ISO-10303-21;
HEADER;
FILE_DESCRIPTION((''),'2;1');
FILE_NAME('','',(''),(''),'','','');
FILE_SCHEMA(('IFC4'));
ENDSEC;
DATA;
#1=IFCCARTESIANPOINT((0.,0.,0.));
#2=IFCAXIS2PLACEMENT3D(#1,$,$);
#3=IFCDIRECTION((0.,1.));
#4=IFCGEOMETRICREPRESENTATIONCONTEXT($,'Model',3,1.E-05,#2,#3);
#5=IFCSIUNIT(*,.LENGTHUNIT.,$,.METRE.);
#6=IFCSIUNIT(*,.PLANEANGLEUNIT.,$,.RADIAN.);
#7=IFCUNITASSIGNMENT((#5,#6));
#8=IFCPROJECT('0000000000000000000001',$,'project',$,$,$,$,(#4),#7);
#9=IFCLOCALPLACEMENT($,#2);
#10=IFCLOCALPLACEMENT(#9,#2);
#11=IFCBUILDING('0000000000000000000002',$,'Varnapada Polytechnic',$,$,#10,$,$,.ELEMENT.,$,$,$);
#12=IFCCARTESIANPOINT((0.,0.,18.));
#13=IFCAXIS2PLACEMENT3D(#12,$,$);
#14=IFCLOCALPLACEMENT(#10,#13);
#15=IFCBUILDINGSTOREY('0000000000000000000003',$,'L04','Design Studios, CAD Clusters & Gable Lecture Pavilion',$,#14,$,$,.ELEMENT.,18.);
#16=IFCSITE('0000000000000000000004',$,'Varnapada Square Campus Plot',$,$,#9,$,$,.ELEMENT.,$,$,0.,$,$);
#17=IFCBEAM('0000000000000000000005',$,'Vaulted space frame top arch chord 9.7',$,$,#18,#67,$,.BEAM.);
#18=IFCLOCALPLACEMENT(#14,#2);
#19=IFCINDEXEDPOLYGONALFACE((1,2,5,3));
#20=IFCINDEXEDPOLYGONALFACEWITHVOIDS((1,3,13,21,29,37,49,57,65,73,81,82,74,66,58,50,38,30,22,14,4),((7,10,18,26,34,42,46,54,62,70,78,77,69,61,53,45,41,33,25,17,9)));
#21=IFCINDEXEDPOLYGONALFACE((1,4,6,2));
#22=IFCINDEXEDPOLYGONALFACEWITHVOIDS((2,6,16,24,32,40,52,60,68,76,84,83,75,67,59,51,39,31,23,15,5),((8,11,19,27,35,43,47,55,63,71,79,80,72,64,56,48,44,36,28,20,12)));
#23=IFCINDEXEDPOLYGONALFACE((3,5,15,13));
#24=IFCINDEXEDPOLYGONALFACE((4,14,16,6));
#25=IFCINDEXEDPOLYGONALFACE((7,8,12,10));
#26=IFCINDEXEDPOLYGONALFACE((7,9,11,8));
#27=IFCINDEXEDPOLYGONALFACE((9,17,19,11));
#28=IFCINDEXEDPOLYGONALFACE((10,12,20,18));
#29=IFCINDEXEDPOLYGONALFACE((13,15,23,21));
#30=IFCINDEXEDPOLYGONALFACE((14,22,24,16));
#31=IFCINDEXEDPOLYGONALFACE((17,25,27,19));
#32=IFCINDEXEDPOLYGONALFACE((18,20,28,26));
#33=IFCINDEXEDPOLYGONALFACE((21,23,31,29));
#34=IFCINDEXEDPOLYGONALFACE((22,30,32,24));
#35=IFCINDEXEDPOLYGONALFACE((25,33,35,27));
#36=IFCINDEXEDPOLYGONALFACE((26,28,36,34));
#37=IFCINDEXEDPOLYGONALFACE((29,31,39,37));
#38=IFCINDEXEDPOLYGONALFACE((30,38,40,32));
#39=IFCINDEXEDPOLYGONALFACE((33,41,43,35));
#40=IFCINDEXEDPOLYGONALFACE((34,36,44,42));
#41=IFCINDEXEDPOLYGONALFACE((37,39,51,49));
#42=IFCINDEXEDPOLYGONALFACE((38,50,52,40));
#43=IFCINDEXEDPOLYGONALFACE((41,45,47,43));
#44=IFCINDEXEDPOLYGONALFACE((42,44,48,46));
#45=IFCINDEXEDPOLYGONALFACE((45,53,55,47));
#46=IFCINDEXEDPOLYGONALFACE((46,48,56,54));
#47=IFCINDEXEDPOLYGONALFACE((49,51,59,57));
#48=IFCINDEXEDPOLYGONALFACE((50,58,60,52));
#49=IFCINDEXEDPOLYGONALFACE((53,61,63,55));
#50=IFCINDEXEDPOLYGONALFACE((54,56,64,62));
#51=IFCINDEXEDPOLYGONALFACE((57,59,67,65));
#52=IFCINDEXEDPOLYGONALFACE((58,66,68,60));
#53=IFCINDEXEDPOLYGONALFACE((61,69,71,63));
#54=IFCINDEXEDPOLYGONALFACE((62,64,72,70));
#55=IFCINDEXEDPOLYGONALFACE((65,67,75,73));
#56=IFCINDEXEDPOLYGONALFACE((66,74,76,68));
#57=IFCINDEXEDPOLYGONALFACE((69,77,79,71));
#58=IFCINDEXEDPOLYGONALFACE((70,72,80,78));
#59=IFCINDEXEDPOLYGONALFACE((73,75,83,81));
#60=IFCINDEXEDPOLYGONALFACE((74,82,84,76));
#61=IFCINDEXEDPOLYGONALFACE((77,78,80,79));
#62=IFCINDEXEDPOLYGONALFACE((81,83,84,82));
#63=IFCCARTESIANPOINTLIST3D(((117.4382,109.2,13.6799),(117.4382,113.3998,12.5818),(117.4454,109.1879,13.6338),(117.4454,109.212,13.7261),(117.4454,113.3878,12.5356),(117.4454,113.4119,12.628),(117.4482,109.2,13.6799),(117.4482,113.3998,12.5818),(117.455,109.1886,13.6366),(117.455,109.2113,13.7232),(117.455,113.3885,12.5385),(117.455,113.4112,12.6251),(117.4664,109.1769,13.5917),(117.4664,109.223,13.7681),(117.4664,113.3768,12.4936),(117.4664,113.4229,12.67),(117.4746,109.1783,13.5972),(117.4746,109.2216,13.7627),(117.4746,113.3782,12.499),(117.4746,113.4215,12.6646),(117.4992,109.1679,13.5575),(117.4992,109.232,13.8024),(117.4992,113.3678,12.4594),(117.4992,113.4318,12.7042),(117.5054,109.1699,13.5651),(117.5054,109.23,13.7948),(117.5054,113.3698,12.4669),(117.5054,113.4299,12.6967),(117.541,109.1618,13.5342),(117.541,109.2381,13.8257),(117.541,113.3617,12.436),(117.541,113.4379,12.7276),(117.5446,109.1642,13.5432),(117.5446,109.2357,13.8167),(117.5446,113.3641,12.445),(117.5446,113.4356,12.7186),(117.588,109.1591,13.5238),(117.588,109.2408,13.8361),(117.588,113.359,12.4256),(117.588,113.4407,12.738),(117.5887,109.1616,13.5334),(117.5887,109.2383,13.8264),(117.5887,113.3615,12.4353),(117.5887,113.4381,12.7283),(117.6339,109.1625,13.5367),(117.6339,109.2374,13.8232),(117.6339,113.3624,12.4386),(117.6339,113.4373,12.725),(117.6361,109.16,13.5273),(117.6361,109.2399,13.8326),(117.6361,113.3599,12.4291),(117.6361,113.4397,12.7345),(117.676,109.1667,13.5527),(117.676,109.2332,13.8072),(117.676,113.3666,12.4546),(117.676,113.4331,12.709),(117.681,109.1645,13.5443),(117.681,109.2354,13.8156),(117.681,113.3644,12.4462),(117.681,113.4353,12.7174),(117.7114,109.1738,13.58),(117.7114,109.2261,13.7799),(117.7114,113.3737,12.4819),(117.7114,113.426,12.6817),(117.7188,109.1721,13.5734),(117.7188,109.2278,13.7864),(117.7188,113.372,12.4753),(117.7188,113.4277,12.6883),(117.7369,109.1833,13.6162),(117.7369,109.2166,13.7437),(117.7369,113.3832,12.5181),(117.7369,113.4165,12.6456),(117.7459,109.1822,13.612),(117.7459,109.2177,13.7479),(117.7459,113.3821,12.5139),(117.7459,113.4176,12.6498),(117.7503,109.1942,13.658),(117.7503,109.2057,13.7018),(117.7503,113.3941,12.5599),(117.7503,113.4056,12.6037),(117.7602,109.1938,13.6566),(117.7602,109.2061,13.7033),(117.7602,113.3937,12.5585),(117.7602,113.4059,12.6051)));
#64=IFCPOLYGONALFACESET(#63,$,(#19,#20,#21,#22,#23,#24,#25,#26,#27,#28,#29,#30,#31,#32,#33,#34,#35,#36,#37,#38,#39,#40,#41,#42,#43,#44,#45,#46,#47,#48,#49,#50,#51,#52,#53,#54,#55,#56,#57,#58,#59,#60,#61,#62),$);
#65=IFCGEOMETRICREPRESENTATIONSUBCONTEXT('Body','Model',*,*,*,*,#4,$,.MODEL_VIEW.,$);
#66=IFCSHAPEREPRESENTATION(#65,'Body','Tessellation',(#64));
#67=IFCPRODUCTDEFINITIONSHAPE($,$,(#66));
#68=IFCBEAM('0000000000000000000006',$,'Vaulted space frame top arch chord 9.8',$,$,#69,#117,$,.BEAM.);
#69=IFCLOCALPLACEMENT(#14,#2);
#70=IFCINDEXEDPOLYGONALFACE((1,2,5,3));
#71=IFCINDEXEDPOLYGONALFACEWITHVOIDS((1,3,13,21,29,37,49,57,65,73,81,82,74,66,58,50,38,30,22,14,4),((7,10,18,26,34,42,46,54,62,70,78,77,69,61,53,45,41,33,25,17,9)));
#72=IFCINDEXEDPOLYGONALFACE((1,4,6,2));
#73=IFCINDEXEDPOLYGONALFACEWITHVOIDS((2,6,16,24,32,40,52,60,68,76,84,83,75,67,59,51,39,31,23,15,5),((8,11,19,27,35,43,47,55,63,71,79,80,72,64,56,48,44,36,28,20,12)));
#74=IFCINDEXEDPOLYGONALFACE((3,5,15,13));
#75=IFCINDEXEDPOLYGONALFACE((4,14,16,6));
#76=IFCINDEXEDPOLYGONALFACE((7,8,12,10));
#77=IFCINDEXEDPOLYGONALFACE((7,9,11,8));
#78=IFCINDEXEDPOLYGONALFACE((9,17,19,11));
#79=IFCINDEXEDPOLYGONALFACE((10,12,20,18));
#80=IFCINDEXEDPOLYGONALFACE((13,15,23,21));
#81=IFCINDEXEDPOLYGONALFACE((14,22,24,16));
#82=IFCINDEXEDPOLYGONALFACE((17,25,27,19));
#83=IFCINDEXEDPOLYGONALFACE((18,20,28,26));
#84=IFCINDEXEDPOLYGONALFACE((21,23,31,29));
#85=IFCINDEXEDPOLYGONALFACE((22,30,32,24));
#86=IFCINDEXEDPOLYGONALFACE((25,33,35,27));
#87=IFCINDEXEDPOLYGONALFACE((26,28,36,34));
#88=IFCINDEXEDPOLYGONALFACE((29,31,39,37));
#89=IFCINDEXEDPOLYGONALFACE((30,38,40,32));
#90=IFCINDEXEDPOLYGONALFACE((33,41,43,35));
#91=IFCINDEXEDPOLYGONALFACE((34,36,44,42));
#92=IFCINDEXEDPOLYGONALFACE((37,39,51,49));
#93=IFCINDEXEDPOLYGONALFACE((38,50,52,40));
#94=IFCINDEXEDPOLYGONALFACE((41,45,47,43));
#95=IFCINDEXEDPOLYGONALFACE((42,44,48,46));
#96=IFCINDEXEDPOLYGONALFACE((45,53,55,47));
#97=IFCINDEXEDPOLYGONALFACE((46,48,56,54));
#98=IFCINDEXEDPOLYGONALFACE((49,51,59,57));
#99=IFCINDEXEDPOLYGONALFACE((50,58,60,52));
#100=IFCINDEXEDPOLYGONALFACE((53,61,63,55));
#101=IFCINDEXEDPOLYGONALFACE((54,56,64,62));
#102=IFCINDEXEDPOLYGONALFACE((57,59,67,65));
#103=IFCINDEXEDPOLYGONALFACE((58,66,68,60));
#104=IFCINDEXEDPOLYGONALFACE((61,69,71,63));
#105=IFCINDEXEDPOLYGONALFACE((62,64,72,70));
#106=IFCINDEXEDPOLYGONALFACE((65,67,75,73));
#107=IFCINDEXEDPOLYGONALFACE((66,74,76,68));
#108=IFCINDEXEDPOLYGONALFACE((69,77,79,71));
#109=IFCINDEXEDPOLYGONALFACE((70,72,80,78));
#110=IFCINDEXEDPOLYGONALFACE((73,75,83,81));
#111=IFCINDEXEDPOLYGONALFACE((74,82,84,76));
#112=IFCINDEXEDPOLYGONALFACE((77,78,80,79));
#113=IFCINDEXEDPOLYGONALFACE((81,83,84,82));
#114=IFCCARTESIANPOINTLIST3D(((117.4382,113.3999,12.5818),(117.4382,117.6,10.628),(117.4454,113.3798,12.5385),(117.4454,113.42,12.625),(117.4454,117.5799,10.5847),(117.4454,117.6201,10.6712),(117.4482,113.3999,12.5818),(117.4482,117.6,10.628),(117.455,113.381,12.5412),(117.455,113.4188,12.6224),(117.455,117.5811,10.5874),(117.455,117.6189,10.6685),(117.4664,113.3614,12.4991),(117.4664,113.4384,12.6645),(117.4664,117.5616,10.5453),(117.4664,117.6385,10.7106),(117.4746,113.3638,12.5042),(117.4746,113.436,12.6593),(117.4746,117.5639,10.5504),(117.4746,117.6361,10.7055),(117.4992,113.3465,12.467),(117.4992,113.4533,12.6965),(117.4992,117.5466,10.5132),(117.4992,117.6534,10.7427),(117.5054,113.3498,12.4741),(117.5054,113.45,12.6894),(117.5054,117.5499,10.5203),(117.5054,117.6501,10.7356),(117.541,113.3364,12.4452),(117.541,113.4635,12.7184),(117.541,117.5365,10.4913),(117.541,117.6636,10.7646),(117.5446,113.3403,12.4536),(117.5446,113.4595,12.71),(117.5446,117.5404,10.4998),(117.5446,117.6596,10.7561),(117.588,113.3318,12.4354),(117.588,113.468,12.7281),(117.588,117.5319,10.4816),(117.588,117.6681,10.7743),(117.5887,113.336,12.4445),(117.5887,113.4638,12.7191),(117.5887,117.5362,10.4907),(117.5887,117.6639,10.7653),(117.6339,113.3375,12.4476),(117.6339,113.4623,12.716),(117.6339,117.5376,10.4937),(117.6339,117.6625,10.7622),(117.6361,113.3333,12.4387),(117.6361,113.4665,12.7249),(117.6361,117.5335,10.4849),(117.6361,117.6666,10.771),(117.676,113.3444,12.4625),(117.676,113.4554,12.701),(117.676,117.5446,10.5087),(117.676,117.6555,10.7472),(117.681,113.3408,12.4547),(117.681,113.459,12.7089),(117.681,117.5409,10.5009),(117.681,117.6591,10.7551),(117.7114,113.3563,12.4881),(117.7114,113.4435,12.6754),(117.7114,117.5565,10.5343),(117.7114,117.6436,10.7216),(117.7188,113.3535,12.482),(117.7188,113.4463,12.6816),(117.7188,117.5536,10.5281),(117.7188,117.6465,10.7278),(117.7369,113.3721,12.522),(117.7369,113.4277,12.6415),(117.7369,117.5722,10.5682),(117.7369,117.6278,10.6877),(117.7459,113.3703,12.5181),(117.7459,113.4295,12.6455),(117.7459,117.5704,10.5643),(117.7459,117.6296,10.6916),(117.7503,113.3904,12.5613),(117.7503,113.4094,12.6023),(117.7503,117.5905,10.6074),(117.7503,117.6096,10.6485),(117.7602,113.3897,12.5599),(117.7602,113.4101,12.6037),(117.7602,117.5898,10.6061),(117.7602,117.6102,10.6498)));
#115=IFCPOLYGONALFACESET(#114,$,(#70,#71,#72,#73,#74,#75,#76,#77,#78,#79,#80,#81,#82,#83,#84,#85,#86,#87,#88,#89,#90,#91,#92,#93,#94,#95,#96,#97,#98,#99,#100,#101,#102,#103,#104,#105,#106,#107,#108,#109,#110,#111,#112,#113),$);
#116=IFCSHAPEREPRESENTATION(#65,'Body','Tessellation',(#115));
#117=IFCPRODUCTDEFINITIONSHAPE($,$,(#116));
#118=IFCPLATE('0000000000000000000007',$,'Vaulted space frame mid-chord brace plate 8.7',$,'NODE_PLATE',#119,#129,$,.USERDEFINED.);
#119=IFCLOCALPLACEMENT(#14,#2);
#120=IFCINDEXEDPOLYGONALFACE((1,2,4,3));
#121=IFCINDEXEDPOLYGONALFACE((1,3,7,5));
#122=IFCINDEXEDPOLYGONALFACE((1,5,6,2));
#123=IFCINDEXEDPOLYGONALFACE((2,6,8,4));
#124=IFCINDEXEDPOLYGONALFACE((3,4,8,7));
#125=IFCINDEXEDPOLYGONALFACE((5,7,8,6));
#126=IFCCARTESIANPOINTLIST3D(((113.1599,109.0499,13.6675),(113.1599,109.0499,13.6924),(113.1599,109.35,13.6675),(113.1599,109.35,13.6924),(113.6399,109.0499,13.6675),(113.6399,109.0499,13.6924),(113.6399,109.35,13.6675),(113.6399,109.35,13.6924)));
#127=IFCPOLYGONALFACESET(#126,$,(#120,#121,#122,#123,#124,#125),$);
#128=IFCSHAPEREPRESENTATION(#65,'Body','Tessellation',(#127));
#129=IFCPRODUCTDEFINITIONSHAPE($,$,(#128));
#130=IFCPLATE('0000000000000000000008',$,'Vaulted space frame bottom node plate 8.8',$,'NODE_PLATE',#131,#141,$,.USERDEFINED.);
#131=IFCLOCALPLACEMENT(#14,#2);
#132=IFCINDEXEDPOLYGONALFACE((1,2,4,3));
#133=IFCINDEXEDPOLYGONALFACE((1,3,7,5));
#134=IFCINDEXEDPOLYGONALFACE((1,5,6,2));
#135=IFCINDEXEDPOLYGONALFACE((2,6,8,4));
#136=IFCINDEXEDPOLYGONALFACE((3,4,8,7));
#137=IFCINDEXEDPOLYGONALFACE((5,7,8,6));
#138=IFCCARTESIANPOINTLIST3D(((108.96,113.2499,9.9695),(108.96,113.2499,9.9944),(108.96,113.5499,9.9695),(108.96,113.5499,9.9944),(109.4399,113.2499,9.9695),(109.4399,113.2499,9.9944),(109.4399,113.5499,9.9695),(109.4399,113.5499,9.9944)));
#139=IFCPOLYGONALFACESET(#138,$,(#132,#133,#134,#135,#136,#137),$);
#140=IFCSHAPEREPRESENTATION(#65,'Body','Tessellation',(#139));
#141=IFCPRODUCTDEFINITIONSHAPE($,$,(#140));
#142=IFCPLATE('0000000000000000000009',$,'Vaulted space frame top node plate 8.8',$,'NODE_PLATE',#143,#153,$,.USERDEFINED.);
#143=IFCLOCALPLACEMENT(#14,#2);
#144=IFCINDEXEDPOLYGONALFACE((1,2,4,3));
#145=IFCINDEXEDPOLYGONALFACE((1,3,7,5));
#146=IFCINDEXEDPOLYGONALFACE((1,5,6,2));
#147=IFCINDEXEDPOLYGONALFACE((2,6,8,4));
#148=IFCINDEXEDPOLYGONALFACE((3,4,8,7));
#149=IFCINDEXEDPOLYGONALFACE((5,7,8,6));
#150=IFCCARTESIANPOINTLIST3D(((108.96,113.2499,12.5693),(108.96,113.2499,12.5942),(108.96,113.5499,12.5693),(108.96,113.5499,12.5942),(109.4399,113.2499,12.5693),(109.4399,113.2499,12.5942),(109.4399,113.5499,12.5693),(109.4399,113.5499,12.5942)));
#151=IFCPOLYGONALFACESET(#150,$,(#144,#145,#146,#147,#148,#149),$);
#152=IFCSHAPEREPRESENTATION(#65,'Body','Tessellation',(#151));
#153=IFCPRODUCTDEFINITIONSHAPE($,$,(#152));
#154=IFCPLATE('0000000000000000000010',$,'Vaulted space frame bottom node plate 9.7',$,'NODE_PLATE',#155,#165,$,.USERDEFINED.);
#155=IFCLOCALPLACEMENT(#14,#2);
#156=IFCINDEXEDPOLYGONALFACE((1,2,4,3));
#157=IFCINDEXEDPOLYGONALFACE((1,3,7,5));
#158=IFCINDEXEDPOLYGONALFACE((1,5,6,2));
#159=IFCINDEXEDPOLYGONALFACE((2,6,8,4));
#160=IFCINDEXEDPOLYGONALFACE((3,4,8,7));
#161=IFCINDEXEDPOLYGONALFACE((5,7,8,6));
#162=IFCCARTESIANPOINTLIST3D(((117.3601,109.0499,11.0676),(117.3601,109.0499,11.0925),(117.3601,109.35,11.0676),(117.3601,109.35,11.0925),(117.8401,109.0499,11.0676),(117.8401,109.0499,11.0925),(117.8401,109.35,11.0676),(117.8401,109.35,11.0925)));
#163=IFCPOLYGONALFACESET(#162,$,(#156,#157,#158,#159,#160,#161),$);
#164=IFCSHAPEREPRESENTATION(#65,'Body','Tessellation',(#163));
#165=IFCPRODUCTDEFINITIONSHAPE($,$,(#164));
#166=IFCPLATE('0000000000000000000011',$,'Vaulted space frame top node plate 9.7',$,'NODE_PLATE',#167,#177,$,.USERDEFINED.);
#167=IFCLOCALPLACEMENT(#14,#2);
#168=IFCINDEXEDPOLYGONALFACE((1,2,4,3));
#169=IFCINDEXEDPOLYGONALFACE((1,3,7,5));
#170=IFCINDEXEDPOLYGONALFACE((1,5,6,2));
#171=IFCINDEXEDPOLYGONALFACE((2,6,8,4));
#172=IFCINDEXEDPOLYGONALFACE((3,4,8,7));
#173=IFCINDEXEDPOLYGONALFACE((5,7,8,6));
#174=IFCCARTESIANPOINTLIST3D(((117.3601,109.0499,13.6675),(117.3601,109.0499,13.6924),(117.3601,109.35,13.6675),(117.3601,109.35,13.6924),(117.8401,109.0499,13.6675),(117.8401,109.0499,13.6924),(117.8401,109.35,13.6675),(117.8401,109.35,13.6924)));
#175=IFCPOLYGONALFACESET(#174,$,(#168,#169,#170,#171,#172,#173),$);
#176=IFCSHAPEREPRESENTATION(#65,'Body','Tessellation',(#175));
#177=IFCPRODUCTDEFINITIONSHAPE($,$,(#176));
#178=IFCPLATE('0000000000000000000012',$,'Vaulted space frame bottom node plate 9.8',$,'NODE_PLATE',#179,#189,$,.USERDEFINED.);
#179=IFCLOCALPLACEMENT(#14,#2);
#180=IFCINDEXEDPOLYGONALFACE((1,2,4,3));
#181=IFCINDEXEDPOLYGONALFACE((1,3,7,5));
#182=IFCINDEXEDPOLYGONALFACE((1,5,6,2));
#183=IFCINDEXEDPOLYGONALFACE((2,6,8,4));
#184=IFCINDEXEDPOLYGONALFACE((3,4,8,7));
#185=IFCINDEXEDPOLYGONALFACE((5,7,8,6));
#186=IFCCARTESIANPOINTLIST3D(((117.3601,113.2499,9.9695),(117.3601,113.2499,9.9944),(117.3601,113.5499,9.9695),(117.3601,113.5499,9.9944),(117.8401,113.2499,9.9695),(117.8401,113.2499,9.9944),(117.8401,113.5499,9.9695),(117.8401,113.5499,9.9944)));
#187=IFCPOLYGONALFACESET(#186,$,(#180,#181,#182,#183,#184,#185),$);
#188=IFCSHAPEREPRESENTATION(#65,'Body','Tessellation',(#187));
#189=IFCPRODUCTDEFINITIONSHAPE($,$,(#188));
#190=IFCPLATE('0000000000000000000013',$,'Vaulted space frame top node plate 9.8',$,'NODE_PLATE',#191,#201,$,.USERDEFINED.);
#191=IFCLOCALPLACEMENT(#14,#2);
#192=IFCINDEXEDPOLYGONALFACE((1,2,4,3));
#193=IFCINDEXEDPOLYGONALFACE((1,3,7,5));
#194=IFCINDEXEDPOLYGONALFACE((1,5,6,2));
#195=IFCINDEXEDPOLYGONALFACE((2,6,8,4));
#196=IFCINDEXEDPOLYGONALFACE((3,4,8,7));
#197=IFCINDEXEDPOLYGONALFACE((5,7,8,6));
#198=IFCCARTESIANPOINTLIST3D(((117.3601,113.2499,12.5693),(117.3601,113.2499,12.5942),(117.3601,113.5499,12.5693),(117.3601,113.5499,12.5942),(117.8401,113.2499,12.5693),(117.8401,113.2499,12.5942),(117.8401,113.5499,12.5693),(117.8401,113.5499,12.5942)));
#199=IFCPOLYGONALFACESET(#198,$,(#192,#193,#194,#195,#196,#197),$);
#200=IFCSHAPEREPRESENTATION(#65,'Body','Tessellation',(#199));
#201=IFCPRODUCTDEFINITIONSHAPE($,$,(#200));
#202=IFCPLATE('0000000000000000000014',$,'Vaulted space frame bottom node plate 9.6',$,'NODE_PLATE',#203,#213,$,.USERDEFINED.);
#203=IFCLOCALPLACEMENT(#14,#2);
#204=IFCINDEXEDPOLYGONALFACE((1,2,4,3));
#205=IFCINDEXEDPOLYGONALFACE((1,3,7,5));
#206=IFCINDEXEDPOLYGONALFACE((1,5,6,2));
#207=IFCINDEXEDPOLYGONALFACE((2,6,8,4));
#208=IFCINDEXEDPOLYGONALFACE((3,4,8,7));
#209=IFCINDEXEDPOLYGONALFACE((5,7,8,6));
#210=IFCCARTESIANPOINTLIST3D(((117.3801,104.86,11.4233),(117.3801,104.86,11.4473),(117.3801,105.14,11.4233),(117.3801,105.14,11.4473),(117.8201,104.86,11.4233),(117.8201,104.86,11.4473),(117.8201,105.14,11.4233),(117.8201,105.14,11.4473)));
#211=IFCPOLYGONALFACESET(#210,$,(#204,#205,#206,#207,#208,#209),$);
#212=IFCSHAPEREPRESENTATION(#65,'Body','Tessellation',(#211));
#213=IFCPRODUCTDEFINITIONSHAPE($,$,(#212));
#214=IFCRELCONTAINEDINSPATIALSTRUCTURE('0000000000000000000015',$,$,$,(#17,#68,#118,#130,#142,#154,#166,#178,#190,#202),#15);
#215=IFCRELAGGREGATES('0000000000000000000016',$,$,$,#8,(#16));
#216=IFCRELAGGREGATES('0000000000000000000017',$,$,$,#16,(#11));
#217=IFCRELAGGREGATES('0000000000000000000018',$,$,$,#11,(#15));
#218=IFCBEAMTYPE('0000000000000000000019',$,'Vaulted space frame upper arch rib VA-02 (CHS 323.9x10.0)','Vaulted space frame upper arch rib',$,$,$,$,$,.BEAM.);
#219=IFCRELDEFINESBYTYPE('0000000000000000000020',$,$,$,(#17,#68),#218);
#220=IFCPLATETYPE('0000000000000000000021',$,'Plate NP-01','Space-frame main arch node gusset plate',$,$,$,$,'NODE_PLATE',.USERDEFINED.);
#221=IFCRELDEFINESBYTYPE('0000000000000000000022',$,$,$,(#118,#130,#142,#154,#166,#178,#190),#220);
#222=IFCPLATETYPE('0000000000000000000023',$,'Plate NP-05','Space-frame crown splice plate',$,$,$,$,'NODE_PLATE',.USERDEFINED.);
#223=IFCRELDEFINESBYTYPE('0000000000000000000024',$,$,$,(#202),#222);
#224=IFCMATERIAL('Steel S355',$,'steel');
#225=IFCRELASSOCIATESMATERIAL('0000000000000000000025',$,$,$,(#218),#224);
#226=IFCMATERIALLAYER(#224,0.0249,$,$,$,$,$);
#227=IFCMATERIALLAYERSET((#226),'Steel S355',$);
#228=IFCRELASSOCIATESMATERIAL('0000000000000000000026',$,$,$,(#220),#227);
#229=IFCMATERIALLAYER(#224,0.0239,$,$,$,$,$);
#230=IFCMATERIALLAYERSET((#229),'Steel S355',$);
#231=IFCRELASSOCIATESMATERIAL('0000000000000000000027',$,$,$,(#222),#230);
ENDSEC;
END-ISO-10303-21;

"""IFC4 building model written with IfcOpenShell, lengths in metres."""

from ifc_helpers import new_model, si_unit, direction, frame, origin, origin_2d, place, context, subcontext, project, spatial, rectangle, hollow_circle, extrude, material, layer, layer_set, material_profile, profile_set, type_object, element, save


model = new_model("IFC4")

# Units and contexts
model_context = context("Model", 3, precision=1e-05, world=origin(), true_north=direction((0.0, 1.0)))
body_context = subcontext(model_context, "Body", "Model", "MODEL_VIEW")
ifc_project = project(units=[si_unit("LENGTHUNIT", "METRE"), si_unit("PLANEANGLEUNIT", "RADIAN")], contexts=[model_context])

# Site, building, storey
site_placement = place(None, origin())
site = spatial("IfcSite", under=ifc_project, at=site_placement, Name="Varnapada Square Campus Plot", CompositionType="ELEMENT", RefElevation=0.0)
building_placement = place(site_placement, origin())
building = spatial("IfcBuilding", under=site, at=building_placement, Name="Varnapada Polytechnic", CompositionType="ELEMENT")
storey_placement = place(building_placement, frame((0.0, 0.0, 18.0)))
storey = spatial("IfcBuildingStorey", under=building, at=storey_placement, Name="L04", Description="Design Studios, CAD Clusters & Gable Lecture Pavilion", CompositionType="ELEMENT", Elevation=18.0)

# Shared definitions
ifc_material = material(Name="Steel S355", Category="steel")

# Beams
ifc_material_profile_1 = material_profile(ifc_material, hollow_circle(Radius=0.1619, WallThickness=0.01, at=origin_2d()), Name="CHS 323.9x10.0")
ifc_profile_set_1 = profile_set([ifc_material_profile_1], Name="Steel S355")
beam_type_1 = type_object("IfcBeamType", Name="Vaulted space frame upper arch rib VA-02 (CHS 323.9x10.0)", Description="Vaulted space frame upper arch rib", PredefinedType="BEAM", material=ifc_profile_set_1)
beam_1_placement = place(storey_placement, frame((117.6001, 109.2, 13.6799), z_axis=(0.0, 0.967476, -0.252962), x_axis=(-1.0, 0.0, 0.0)))
element("IfcBeam", 1, at=beam_1_placement, inside=storey, type_object=beam_type_1, Name="Vaulted space frame top arch chord 9.7", PredefinedType="BEAM", context=body_context, shape_type="SweptSolid", body=[
    extrude(hollow_circle(Radius=0.1619, WallThickness=0.01, at=origin_2d()), origin(), (0.0, 0.0, 1.0), 4.3411),
])
beam_2_placement = place(storey_placement, frame((117.6001, 113.3999, 12.5818), z_axis=(0.0, 0.906698, -0.42178), x_axis=(-1.0, 0.0, 0.0)))
element("IfcBeam", 2, at=beam_2_placement, inside=storey, type_object=beam_type_1, Name="Vaulted space frame top arch chord 9.8", PredefinedType="BEAM", context=body_context, shape_type="SweptSolid", body=[
    extrude(hollow_circle(Radius=0.1619, WallThickness=0.01, at=origin_2d()), origin(), (0.0, 0.0, 1.0), 4.6323),
])

# Plates
ifc_layer_1 = layer(ifc_material, 0.0249)
ifc_layer_set_1 = layer_set([ifc_layer_1], Name="Steel S355")
plate_type_1 = type_object("IfcPlateType", Name="Plate NP-01", Description="Space-frame main arch node gusset plate", ElementType="NODE_PLATE", PredefinedType="USERDEFINED", material=ifc_layer_set_1)
for number, where, z_axis, x_axis, name in (
    (3, (113.3999, 109.2, 13.6675), (0.0, 0.0, 1.0), (1.0, 0.0, 0.0), "Vaulted space frame mid-chord brace plate 8.7"),
    (4, (109.2, 113.3999, 9.9695), (0.0, 0.0, 1.0), (1.0, 0.0, 0.0), "Vaulted space frame bottom node plate 8.8"),
    (5, (109.2, 113.3999, 12.5693), (0.0, 0.0, 1.0), (1.0, 0.0, 0.0), "Vaulted space frame top node plate 8.8"),
    (6, (117.6001, 109.2, 11.0676), (0.0, 0.0, 1.0), (1.0, 0.0, 0.0), "Vaulted space frame bottom node plate 9.7"),
    (7, (117.6001, 109.2, 13.6675), (0.0, 0.0, 1.0), (1.0, 0.0, 0.0), "Vaulted space frame top node plate 9.7"),
    (8, (117.6001, 113.3999, 9.9695), (0.0, 0.0, 1.0), (1.0, 0.0, 0.0), "Vaulted space frame bottom node plate 9.8"),
    (9, (117.6001, 113.3999, 12.5693), (0.0, 0.0, 1.0), (1.0, 0.0, 0.0), "Vaulted space frame top node plate 9.8"),
):
    element("IfcPlate", number, at=place(storey_placement, frame(where, z_axis=z_axis, x_axis=x_axis)), inside=storey, type_object=plate_type_1, Name=name, ObjectType="NODE_PLATE", PredefinedType="USERDEFINED", context=body_context, shape_type="SweptSolid", body=[
        extrude(rectangle(XDim=0.48, YDim=0.3, at=origin_2d()), origin(), (0.0, 0.0, 1.0), 0.0249),
    ])
ifc_layer_2 = layer(ifc_material, 0.0239)
ifc_layer_set_2 = layer_set([ifc_layer_2], Name="Steel S355")
plate_type_2 = type_object("IfcPlateType", Name="Plate NP-05", Description="Space-frame crown splice plate", ElementType="NODE_PLATE", PredefinedType="USERDEFINED", material=ifc_layer_set_2)
for number, where, z_axis, x_axis, name in (
    (10, (117.6001, 105.0, 11.4233), (0.0, 0.0, 1.0), (1.0, 0.0, 0.0), "Vaulted space frame bottom node plate 9.6"),
):
    element("IfcPlate", number, at=place(storey_placement, frame(where, z_axis=z_axis, x_axis=x_axis)), inside=storey, type_object=plate_type_2, Name=name, ObjectType="NODE_PLATE", PredefinedType="USERDEFINED", context=body_context, shape_type="SweptSolid", body=[
        extrude(rectangle(XDim=0.4399, YDim=0.28, at=origin_2d()), origin(), (0.0, 0.0, 1.0), 0.0239),
    ])

save(model, "model.ifc")
